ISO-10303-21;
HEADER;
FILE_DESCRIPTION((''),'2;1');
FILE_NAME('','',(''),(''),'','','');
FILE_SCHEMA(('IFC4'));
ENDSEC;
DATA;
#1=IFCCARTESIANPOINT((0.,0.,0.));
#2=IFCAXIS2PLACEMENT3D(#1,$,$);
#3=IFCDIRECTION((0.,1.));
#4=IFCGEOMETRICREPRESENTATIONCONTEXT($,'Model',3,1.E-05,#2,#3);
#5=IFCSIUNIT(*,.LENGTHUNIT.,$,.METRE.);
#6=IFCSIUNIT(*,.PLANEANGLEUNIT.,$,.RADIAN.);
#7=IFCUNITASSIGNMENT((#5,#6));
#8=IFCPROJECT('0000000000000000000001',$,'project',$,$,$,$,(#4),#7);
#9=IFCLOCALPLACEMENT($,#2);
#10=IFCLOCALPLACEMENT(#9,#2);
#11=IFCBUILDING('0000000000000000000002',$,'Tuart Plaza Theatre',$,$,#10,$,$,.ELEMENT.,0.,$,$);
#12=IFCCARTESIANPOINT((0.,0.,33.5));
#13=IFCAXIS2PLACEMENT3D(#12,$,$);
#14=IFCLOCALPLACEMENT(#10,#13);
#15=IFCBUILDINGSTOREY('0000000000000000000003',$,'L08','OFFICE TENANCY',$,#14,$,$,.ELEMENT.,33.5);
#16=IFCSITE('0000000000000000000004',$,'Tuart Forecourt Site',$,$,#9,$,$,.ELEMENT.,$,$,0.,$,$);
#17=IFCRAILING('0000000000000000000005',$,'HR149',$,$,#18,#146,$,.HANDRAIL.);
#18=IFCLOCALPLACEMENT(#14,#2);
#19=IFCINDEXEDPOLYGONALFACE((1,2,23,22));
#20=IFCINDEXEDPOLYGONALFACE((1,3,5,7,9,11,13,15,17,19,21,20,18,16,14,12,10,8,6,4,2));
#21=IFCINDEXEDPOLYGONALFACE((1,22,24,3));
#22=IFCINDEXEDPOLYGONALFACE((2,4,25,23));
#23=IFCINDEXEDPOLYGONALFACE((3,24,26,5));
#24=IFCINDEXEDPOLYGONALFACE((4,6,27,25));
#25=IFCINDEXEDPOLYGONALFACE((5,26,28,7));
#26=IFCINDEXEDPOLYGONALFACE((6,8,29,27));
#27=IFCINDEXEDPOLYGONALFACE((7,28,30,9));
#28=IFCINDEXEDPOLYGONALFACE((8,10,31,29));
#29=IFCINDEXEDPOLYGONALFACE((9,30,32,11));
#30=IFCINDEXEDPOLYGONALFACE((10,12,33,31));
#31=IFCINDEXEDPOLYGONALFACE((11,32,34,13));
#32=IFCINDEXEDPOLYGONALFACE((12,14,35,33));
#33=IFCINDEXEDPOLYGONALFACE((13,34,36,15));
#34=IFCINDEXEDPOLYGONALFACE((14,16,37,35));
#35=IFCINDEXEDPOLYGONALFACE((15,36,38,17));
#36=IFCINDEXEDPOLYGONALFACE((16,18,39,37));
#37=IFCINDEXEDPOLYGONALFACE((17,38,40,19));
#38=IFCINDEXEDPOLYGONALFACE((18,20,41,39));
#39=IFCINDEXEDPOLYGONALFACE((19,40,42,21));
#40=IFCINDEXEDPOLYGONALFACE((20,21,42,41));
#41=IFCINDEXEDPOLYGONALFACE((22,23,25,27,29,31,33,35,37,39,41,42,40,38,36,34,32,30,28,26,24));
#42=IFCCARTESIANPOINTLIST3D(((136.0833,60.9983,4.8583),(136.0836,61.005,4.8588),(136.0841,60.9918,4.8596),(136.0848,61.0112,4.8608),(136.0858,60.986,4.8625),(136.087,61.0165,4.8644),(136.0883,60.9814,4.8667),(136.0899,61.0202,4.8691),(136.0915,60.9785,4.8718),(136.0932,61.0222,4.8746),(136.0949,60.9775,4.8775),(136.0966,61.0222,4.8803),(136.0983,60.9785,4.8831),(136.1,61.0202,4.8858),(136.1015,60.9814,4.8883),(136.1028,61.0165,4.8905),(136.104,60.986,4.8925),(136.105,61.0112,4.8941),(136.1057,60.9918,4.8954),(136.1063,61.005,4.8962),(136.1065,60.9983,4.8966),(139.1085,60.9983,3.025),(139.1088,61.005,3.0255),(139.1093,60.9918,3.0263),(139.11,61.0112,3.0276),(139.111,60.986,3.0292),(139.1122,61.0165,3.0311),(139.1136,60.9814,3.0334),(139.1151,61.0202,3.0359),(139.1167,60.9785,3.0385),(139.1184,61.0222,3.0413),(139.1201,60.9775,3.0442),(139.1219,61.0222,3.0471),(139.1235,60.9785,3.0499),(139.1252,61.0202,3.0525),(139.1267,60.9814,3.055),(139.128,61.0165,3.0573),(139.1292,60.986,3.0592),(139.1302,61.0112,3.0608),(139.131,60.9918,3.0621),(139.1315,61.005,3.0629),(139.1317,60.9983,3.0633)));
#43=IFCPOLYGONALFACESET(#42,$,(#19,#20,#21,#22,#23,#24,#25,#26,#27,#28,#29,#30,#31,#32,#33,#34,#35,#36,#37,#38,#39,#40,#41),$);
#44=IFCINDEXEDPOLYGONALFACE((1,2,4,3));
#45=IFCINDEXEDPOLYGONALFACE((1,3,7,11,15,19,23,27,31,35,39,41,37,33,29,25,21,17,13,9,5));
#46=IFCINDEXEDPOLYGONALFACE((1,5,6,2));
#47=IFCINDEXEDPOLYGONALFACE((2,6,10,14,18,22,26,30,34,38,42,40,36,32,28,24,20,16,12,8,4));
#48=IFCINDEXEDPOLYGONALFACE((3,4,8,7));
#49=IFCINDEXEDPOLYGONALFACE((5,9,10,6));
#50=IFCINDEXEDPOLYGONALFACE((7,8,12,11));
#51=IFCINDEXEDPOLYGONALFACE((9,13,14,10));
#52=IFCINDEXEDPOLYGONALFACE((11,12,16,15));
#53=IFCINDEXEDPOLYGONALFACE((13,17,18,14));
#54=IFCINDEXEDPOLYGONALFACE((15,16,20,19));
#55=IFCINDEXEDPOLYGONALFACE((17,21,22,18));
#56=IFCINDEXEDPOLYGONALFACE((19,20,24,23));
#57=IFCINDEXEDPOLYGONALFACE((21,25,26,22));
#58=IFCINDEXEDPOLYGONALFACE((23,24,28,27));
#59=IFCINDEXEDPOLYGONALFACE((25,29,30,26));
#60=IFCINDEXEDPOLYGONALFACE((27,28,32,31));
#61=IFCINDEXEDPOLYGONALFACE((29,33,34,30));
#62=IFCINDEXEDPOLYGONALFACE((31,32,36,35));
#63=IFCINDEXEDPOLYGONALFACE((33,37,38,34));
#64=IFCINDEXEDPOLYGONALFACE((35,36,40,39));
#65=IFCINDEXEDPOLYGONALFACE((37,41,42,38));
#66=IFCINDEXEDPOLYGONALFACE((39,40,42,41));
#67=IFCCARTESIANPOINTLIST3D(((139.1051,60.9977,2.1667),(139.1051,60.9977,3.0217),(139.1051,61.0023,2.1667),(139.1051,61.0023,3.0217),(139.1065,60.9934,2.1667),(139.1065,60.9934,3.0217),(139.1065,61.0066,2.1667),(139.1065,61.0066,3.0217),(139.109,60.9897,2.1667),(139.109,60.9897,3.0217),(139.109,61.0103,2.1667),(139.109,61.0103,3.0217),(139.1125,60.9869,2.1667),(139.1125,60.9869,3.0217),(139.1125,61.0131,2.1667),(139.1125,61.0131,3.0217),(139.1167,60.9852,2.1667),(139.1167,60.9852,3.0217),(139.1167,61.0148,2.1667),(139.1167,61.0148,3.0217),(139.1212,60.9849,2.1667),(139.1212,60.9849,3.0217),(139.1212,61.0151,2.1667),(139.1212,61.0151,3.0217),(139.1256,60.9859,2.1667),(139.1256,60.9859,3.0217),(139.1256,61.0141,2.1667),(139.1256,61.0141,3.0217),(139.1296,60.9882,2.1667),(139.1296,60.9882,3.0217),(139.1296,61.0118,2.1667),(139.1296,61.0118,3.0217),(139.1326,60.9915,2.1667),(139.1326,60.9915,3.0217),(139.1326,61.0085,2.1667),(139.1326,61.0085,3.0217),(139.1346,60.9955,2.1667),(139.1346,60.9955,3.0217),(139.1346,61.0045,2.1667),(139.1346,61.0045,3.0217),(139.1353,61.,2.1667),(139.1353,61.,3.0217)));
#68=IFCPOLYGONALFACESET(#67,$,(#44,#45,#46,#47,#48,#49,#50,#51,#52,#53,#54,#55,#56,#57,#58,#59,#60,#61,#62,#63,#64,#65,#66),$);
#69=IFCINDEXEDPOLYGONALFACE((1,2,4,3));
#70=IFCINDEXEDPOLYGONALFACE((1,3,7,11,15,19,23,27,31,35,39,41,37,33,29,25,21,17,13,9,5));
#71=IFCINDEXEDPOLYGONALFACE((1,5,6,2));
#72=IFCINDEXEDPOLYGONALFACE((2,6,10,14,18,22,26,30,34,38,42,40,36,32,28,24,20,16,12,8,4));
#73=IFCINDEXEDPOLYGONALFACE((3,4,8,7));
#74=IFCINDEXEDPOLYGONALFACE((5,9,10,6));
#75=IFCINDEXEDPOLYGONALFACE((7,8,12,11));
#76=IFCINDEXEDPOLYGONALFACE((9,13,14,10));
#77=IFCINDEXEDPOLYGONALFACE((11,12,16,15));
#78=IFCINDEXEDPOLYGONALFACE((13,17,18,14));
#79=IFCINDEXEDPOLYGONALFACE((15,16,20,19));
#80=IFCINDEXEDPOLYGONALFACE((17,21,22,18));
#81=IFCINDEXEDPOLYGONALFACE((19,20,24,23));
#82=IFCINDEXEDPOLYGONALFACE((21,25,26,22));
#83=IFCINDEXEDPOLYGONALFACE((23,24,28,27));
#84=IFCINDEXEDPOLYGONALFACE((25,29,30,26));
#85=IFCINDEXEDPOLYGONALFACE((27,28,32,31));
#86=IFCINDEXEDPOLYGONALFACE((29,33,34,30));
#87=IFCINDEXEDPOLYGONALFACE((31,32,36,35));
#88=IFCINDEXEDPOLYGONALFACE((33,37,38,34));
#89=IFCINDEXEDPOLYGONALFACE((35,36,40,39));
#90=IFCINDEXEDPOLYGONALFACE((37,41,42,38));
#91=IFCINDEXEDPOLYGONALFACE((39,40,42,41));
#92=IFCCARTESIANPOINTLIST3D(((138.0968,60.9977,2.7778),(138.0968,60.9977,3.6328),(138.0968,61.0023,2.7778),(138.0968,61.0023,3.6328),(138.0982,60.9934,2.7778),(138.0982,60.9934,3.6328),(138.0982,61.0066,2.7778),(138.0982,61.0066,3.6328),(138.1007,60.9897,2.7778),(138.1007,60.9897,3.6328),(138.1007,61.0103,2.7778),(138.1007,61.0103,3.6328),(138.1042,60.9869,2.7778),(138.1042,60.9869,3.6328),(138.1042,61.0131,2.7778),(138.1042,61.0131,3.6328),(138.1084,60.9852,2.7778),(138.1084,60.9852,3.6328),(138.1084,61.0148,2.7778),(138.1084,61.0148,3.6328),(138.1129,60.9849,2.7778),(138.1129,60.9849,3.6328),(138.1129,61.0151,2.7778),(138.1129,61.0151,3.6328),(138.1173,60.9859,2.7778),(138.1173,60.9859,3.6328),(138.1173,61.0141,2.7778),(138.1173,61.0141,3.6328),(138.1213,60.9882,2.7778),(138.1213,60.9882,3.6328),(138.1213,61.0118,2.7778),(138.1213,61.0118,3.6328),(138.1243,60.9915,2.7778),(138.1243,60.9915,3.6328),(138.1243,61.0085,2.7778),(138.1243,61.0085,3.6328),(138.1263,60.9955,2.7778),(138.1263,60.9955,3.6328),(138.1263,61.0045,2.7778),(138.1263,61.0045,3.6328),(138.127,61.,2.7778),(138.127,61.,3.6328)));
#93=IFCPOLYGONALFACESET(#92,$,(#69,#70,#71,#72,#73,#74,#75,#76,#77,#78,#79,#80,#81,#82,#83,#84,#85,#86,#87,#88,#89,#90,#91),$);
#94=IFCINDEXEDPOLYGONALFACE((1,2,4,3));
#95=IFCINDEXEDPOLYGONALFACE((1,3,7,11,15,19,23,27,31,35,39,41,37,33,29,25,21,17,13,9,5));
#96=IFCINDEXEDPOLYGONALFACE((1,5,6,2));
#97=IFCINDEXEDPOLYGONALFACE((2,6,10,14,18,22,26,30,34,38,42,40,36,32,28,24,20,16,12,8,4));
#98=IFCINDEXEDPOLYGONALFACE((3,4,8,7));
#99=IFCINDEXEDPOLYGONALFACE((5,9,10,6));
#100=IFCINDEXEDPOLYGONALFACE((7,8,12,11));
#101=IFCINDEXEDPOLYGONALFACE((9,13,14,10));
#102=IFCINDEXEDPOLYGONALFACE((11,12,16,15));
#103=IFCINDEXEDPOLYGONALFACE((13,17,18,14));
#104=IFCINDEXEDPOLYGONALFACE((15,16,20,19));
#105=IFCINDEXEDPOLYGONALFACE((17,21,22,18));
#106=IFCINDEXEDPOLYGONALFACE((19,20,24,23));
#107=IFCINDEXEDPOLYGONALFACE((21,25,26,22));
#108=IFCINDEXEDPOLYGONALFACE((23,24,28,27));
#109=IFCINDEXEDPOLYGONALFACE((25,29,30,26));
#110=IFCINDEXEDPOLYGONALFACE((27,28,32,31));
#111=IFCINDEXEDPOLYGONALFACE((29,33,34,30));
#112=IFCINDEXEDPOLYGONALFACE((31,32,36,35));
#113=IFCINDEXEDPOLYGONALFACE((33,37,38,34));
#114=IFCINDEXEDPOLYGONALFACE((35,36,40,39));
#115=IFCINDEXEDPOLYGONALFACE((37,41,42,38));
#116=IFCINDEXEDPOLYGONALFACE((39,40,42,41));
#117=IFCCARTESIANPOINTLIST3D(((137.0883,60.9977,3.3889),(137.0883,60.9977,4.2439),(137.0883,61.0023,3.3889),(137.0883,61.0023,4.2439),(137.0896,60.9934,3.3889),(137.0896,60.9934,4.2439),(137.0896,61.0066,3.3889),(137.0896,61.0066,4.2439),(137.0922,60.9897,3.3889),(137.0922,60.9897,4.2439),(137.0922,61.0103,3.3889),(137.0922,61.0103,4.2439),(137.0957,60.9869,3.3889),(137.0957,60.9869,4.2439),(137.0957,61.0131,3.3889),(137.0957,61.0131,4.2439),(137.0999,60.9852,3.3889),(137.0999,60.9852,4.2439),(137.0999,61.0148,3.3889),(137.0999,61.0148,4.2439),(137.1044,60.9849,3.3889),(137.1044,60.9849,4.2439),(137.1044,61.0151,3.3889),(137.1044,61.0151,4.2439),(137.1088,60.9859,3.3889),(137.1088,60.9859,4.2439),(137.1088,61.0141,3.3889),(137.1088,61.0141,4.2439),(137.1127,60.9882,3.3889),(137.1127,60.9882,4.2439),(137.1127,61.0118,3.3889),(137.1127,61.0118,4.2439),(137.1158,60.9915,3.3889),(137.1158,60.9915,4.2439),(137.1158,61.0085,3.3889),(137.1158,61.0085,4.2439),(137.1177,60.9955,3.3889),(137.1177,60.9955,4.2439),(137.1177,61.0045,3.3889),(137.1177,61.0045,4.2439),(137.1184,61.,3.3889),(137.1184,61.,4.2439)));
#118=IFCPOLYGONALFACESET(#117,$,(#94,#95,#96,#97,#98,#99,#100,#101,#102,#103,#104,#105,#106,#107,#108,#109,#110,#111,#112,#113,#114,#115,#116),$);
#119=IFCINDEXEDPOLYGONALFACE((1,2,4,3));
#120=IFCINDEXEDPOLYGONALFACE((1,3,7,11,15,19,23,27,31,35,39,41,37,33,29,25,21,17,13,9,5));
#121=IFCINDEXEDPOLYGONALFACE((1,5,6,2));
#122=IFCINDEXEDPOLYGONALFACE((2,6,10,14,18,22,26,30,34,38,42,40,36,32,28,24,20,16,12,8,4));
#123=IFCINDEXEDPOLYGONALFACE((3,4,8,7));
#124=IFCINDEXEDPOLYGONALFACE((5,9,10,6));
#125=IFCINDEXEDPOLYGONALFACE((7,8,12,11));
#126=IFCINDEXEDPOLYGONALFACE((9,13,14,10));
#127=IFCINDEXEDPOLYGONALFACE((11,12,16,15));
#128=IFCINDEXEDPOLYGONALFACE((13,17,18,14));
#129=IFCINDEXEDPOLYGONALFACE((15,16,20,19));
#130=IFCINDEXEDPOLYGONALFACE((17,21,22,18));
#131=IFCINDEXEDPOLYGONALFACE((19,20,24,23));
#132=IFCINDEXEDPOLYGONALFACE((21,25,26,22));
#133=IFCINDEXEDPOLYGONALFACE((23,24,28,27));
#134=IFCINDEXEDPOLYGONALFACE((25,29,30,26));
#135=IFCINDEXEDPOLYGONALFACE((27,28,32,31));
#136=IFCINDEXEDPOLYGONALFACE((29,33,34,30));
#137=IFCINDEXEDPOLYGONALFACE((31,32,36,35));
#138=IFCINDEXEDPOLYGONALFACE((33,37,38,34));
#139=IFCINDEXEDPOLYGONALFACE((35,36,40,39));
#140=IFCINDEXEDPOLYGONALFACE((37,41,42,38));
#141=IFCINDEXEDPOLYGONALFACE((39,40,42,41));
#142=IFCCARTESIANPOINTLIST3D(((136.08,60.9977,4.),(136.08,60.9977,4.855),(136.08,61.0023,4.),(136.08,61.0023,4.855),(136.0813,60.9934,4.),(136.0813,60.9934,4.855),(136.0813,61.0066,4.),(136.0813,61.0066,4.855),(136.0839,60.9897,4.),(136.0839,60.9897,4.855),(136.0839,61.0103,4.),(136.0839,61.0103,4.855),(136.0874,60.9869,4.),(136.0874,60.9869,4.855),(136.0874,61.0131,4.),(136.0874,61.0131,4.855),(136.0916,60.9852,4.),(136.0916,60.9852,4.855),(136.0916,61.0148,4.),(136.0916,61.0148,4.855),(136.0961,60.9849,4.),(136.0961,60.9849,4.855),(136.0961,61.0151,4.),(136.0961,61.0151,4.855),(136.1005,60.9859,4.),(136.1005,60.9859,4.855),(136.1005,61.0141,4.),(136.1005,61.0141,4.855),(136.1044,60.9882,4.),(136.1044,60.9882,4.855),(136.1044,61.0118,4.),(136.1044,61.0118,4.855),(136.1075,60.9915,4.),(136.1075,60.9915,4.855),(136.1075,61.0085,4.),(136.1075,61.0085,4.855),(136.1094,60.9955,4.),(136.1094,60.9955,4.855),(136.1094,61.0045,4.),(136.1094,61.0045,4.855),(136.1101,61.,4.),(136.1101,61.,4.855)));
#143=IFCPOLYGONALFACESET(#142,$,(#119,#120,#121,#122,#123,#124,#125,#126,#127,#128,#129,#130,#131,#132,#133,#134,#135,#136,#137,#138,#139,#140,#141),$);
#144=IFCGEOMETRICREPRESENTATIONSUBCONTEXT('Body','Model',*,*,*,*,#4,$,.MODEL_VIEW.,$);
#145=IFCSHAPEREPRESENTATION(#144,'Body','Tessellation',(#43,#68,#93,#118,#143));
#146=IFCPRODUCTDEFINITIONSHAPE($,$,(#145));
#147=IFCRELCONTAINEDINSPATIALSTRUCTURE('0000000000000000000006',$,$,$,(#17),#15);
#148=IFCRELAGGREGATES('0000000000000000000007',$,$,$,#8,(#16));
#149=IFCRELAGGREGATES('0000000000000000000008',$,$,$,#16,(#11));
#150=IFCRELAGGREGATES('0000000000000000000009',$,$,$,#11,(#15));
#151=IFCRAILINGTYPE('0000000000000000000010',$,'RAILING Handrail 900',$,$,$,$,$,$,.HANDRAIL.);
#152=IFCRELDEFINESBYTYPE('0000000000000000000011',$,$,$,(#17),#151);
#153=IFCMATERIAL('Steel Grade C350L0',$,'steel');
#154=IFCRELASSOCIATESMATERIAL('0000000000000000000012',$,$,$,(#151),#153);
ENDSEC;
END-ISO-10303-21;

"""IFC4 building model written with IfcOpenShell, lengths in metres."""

from ifc_helpers import new_model, si_unit, direction, frame, origin, origin_2d, place, context, subcontext, project, spatial, circle, extrude, material, type_object, element, save


model = new_model("IFC4")

# Units and contexts
model_context = context("Model", 3, precision=1e-05, world=origin(), true_north=direction((0.0, 1.0)))
body_context = subcontext(model_context, "Body", "Model", "MODEL_VIEW")
ifc_project = project(units=[si_unit("LENGTHUNIT", "METRE"), si_unit("PLANEANGLEUNIT", "RADIAN")], contexts=[model_context])

# Site, building, storey
site_placement = place(None, origin())
site = spatial("IfcSite", under=ifc_project, at=site_placement, Name="Tuart Forecourt Site", CompositionType="ELEMENT", RefElevation=0.0)
building_placement = place(site_placement, origin())
building = spatial("IfcBuilding", under=site, at=building_placement, Name="Tuart Plaza Theatre", CompositionType="ELEMENT", ElevationOfRefHeight=0.0)
storey_placement = place(building_placement, frame((0.0, 0.0, 33.5)))
storey = spatial("IfcBuildingStorey", under=building, at=storey_placement, Name="L08", Description="OFFICE TENANCY", CompositionType="ELEMENT", Elevation=33.5)

# Railing
ifc_material_1 = material(Name="Steel Grade C350L0", Category="steel")
railing_type_1 = type_object("IfcRailingType", Name="RAILING Handrail 900", PredefinedType="HANDRAIL", material=ifc_material_1)
for number, where, name in (
    (1, (139.1201, 61.0, 2.1667), "HR149"),
):
    element("IfcRailing", number, at=place(storey_placement, frame(where)), inside=storey, type_object=railing_type_1, Name=name, PredefinedType="HANDRAIL", context=body_context, shape_type="SweptSolid", body=[
        extrude(circle(Radius=0.0225, at=origin_2d()), frame((0.0, 0.0, 0.8774), z_axis=(-0.855219, 0.0, 0.518267), x_axis=(0.0, -1.0, 0.0)), (0.0, 0.0, 1.0), 3.5374),
        extrude(circle(Radius=0.0151, at=origin_2d()), origin(), (0.0, 0.0, 1.0), 0.855),
        extrude(circle(Radius=0.0151, at=origin_2d()), frame((-1.0083, 0.0, 0.6111)), (0.0, 0.0, 1.0), 0.855),
        extrude(circle(Radius=0.0151, at=origin_2d()), frame((-2.0168, 0.0, 1.2222)), (0.0, 0.0, 1.0), 0.855),
        extrude(circle(Radius=0.0151, at=origin_2d()), frame((-3.0251, 0.0, 1.8333)), (0.0, 0.0, 1.0), 0.855),
    ])

save(model, "model.ifc")
